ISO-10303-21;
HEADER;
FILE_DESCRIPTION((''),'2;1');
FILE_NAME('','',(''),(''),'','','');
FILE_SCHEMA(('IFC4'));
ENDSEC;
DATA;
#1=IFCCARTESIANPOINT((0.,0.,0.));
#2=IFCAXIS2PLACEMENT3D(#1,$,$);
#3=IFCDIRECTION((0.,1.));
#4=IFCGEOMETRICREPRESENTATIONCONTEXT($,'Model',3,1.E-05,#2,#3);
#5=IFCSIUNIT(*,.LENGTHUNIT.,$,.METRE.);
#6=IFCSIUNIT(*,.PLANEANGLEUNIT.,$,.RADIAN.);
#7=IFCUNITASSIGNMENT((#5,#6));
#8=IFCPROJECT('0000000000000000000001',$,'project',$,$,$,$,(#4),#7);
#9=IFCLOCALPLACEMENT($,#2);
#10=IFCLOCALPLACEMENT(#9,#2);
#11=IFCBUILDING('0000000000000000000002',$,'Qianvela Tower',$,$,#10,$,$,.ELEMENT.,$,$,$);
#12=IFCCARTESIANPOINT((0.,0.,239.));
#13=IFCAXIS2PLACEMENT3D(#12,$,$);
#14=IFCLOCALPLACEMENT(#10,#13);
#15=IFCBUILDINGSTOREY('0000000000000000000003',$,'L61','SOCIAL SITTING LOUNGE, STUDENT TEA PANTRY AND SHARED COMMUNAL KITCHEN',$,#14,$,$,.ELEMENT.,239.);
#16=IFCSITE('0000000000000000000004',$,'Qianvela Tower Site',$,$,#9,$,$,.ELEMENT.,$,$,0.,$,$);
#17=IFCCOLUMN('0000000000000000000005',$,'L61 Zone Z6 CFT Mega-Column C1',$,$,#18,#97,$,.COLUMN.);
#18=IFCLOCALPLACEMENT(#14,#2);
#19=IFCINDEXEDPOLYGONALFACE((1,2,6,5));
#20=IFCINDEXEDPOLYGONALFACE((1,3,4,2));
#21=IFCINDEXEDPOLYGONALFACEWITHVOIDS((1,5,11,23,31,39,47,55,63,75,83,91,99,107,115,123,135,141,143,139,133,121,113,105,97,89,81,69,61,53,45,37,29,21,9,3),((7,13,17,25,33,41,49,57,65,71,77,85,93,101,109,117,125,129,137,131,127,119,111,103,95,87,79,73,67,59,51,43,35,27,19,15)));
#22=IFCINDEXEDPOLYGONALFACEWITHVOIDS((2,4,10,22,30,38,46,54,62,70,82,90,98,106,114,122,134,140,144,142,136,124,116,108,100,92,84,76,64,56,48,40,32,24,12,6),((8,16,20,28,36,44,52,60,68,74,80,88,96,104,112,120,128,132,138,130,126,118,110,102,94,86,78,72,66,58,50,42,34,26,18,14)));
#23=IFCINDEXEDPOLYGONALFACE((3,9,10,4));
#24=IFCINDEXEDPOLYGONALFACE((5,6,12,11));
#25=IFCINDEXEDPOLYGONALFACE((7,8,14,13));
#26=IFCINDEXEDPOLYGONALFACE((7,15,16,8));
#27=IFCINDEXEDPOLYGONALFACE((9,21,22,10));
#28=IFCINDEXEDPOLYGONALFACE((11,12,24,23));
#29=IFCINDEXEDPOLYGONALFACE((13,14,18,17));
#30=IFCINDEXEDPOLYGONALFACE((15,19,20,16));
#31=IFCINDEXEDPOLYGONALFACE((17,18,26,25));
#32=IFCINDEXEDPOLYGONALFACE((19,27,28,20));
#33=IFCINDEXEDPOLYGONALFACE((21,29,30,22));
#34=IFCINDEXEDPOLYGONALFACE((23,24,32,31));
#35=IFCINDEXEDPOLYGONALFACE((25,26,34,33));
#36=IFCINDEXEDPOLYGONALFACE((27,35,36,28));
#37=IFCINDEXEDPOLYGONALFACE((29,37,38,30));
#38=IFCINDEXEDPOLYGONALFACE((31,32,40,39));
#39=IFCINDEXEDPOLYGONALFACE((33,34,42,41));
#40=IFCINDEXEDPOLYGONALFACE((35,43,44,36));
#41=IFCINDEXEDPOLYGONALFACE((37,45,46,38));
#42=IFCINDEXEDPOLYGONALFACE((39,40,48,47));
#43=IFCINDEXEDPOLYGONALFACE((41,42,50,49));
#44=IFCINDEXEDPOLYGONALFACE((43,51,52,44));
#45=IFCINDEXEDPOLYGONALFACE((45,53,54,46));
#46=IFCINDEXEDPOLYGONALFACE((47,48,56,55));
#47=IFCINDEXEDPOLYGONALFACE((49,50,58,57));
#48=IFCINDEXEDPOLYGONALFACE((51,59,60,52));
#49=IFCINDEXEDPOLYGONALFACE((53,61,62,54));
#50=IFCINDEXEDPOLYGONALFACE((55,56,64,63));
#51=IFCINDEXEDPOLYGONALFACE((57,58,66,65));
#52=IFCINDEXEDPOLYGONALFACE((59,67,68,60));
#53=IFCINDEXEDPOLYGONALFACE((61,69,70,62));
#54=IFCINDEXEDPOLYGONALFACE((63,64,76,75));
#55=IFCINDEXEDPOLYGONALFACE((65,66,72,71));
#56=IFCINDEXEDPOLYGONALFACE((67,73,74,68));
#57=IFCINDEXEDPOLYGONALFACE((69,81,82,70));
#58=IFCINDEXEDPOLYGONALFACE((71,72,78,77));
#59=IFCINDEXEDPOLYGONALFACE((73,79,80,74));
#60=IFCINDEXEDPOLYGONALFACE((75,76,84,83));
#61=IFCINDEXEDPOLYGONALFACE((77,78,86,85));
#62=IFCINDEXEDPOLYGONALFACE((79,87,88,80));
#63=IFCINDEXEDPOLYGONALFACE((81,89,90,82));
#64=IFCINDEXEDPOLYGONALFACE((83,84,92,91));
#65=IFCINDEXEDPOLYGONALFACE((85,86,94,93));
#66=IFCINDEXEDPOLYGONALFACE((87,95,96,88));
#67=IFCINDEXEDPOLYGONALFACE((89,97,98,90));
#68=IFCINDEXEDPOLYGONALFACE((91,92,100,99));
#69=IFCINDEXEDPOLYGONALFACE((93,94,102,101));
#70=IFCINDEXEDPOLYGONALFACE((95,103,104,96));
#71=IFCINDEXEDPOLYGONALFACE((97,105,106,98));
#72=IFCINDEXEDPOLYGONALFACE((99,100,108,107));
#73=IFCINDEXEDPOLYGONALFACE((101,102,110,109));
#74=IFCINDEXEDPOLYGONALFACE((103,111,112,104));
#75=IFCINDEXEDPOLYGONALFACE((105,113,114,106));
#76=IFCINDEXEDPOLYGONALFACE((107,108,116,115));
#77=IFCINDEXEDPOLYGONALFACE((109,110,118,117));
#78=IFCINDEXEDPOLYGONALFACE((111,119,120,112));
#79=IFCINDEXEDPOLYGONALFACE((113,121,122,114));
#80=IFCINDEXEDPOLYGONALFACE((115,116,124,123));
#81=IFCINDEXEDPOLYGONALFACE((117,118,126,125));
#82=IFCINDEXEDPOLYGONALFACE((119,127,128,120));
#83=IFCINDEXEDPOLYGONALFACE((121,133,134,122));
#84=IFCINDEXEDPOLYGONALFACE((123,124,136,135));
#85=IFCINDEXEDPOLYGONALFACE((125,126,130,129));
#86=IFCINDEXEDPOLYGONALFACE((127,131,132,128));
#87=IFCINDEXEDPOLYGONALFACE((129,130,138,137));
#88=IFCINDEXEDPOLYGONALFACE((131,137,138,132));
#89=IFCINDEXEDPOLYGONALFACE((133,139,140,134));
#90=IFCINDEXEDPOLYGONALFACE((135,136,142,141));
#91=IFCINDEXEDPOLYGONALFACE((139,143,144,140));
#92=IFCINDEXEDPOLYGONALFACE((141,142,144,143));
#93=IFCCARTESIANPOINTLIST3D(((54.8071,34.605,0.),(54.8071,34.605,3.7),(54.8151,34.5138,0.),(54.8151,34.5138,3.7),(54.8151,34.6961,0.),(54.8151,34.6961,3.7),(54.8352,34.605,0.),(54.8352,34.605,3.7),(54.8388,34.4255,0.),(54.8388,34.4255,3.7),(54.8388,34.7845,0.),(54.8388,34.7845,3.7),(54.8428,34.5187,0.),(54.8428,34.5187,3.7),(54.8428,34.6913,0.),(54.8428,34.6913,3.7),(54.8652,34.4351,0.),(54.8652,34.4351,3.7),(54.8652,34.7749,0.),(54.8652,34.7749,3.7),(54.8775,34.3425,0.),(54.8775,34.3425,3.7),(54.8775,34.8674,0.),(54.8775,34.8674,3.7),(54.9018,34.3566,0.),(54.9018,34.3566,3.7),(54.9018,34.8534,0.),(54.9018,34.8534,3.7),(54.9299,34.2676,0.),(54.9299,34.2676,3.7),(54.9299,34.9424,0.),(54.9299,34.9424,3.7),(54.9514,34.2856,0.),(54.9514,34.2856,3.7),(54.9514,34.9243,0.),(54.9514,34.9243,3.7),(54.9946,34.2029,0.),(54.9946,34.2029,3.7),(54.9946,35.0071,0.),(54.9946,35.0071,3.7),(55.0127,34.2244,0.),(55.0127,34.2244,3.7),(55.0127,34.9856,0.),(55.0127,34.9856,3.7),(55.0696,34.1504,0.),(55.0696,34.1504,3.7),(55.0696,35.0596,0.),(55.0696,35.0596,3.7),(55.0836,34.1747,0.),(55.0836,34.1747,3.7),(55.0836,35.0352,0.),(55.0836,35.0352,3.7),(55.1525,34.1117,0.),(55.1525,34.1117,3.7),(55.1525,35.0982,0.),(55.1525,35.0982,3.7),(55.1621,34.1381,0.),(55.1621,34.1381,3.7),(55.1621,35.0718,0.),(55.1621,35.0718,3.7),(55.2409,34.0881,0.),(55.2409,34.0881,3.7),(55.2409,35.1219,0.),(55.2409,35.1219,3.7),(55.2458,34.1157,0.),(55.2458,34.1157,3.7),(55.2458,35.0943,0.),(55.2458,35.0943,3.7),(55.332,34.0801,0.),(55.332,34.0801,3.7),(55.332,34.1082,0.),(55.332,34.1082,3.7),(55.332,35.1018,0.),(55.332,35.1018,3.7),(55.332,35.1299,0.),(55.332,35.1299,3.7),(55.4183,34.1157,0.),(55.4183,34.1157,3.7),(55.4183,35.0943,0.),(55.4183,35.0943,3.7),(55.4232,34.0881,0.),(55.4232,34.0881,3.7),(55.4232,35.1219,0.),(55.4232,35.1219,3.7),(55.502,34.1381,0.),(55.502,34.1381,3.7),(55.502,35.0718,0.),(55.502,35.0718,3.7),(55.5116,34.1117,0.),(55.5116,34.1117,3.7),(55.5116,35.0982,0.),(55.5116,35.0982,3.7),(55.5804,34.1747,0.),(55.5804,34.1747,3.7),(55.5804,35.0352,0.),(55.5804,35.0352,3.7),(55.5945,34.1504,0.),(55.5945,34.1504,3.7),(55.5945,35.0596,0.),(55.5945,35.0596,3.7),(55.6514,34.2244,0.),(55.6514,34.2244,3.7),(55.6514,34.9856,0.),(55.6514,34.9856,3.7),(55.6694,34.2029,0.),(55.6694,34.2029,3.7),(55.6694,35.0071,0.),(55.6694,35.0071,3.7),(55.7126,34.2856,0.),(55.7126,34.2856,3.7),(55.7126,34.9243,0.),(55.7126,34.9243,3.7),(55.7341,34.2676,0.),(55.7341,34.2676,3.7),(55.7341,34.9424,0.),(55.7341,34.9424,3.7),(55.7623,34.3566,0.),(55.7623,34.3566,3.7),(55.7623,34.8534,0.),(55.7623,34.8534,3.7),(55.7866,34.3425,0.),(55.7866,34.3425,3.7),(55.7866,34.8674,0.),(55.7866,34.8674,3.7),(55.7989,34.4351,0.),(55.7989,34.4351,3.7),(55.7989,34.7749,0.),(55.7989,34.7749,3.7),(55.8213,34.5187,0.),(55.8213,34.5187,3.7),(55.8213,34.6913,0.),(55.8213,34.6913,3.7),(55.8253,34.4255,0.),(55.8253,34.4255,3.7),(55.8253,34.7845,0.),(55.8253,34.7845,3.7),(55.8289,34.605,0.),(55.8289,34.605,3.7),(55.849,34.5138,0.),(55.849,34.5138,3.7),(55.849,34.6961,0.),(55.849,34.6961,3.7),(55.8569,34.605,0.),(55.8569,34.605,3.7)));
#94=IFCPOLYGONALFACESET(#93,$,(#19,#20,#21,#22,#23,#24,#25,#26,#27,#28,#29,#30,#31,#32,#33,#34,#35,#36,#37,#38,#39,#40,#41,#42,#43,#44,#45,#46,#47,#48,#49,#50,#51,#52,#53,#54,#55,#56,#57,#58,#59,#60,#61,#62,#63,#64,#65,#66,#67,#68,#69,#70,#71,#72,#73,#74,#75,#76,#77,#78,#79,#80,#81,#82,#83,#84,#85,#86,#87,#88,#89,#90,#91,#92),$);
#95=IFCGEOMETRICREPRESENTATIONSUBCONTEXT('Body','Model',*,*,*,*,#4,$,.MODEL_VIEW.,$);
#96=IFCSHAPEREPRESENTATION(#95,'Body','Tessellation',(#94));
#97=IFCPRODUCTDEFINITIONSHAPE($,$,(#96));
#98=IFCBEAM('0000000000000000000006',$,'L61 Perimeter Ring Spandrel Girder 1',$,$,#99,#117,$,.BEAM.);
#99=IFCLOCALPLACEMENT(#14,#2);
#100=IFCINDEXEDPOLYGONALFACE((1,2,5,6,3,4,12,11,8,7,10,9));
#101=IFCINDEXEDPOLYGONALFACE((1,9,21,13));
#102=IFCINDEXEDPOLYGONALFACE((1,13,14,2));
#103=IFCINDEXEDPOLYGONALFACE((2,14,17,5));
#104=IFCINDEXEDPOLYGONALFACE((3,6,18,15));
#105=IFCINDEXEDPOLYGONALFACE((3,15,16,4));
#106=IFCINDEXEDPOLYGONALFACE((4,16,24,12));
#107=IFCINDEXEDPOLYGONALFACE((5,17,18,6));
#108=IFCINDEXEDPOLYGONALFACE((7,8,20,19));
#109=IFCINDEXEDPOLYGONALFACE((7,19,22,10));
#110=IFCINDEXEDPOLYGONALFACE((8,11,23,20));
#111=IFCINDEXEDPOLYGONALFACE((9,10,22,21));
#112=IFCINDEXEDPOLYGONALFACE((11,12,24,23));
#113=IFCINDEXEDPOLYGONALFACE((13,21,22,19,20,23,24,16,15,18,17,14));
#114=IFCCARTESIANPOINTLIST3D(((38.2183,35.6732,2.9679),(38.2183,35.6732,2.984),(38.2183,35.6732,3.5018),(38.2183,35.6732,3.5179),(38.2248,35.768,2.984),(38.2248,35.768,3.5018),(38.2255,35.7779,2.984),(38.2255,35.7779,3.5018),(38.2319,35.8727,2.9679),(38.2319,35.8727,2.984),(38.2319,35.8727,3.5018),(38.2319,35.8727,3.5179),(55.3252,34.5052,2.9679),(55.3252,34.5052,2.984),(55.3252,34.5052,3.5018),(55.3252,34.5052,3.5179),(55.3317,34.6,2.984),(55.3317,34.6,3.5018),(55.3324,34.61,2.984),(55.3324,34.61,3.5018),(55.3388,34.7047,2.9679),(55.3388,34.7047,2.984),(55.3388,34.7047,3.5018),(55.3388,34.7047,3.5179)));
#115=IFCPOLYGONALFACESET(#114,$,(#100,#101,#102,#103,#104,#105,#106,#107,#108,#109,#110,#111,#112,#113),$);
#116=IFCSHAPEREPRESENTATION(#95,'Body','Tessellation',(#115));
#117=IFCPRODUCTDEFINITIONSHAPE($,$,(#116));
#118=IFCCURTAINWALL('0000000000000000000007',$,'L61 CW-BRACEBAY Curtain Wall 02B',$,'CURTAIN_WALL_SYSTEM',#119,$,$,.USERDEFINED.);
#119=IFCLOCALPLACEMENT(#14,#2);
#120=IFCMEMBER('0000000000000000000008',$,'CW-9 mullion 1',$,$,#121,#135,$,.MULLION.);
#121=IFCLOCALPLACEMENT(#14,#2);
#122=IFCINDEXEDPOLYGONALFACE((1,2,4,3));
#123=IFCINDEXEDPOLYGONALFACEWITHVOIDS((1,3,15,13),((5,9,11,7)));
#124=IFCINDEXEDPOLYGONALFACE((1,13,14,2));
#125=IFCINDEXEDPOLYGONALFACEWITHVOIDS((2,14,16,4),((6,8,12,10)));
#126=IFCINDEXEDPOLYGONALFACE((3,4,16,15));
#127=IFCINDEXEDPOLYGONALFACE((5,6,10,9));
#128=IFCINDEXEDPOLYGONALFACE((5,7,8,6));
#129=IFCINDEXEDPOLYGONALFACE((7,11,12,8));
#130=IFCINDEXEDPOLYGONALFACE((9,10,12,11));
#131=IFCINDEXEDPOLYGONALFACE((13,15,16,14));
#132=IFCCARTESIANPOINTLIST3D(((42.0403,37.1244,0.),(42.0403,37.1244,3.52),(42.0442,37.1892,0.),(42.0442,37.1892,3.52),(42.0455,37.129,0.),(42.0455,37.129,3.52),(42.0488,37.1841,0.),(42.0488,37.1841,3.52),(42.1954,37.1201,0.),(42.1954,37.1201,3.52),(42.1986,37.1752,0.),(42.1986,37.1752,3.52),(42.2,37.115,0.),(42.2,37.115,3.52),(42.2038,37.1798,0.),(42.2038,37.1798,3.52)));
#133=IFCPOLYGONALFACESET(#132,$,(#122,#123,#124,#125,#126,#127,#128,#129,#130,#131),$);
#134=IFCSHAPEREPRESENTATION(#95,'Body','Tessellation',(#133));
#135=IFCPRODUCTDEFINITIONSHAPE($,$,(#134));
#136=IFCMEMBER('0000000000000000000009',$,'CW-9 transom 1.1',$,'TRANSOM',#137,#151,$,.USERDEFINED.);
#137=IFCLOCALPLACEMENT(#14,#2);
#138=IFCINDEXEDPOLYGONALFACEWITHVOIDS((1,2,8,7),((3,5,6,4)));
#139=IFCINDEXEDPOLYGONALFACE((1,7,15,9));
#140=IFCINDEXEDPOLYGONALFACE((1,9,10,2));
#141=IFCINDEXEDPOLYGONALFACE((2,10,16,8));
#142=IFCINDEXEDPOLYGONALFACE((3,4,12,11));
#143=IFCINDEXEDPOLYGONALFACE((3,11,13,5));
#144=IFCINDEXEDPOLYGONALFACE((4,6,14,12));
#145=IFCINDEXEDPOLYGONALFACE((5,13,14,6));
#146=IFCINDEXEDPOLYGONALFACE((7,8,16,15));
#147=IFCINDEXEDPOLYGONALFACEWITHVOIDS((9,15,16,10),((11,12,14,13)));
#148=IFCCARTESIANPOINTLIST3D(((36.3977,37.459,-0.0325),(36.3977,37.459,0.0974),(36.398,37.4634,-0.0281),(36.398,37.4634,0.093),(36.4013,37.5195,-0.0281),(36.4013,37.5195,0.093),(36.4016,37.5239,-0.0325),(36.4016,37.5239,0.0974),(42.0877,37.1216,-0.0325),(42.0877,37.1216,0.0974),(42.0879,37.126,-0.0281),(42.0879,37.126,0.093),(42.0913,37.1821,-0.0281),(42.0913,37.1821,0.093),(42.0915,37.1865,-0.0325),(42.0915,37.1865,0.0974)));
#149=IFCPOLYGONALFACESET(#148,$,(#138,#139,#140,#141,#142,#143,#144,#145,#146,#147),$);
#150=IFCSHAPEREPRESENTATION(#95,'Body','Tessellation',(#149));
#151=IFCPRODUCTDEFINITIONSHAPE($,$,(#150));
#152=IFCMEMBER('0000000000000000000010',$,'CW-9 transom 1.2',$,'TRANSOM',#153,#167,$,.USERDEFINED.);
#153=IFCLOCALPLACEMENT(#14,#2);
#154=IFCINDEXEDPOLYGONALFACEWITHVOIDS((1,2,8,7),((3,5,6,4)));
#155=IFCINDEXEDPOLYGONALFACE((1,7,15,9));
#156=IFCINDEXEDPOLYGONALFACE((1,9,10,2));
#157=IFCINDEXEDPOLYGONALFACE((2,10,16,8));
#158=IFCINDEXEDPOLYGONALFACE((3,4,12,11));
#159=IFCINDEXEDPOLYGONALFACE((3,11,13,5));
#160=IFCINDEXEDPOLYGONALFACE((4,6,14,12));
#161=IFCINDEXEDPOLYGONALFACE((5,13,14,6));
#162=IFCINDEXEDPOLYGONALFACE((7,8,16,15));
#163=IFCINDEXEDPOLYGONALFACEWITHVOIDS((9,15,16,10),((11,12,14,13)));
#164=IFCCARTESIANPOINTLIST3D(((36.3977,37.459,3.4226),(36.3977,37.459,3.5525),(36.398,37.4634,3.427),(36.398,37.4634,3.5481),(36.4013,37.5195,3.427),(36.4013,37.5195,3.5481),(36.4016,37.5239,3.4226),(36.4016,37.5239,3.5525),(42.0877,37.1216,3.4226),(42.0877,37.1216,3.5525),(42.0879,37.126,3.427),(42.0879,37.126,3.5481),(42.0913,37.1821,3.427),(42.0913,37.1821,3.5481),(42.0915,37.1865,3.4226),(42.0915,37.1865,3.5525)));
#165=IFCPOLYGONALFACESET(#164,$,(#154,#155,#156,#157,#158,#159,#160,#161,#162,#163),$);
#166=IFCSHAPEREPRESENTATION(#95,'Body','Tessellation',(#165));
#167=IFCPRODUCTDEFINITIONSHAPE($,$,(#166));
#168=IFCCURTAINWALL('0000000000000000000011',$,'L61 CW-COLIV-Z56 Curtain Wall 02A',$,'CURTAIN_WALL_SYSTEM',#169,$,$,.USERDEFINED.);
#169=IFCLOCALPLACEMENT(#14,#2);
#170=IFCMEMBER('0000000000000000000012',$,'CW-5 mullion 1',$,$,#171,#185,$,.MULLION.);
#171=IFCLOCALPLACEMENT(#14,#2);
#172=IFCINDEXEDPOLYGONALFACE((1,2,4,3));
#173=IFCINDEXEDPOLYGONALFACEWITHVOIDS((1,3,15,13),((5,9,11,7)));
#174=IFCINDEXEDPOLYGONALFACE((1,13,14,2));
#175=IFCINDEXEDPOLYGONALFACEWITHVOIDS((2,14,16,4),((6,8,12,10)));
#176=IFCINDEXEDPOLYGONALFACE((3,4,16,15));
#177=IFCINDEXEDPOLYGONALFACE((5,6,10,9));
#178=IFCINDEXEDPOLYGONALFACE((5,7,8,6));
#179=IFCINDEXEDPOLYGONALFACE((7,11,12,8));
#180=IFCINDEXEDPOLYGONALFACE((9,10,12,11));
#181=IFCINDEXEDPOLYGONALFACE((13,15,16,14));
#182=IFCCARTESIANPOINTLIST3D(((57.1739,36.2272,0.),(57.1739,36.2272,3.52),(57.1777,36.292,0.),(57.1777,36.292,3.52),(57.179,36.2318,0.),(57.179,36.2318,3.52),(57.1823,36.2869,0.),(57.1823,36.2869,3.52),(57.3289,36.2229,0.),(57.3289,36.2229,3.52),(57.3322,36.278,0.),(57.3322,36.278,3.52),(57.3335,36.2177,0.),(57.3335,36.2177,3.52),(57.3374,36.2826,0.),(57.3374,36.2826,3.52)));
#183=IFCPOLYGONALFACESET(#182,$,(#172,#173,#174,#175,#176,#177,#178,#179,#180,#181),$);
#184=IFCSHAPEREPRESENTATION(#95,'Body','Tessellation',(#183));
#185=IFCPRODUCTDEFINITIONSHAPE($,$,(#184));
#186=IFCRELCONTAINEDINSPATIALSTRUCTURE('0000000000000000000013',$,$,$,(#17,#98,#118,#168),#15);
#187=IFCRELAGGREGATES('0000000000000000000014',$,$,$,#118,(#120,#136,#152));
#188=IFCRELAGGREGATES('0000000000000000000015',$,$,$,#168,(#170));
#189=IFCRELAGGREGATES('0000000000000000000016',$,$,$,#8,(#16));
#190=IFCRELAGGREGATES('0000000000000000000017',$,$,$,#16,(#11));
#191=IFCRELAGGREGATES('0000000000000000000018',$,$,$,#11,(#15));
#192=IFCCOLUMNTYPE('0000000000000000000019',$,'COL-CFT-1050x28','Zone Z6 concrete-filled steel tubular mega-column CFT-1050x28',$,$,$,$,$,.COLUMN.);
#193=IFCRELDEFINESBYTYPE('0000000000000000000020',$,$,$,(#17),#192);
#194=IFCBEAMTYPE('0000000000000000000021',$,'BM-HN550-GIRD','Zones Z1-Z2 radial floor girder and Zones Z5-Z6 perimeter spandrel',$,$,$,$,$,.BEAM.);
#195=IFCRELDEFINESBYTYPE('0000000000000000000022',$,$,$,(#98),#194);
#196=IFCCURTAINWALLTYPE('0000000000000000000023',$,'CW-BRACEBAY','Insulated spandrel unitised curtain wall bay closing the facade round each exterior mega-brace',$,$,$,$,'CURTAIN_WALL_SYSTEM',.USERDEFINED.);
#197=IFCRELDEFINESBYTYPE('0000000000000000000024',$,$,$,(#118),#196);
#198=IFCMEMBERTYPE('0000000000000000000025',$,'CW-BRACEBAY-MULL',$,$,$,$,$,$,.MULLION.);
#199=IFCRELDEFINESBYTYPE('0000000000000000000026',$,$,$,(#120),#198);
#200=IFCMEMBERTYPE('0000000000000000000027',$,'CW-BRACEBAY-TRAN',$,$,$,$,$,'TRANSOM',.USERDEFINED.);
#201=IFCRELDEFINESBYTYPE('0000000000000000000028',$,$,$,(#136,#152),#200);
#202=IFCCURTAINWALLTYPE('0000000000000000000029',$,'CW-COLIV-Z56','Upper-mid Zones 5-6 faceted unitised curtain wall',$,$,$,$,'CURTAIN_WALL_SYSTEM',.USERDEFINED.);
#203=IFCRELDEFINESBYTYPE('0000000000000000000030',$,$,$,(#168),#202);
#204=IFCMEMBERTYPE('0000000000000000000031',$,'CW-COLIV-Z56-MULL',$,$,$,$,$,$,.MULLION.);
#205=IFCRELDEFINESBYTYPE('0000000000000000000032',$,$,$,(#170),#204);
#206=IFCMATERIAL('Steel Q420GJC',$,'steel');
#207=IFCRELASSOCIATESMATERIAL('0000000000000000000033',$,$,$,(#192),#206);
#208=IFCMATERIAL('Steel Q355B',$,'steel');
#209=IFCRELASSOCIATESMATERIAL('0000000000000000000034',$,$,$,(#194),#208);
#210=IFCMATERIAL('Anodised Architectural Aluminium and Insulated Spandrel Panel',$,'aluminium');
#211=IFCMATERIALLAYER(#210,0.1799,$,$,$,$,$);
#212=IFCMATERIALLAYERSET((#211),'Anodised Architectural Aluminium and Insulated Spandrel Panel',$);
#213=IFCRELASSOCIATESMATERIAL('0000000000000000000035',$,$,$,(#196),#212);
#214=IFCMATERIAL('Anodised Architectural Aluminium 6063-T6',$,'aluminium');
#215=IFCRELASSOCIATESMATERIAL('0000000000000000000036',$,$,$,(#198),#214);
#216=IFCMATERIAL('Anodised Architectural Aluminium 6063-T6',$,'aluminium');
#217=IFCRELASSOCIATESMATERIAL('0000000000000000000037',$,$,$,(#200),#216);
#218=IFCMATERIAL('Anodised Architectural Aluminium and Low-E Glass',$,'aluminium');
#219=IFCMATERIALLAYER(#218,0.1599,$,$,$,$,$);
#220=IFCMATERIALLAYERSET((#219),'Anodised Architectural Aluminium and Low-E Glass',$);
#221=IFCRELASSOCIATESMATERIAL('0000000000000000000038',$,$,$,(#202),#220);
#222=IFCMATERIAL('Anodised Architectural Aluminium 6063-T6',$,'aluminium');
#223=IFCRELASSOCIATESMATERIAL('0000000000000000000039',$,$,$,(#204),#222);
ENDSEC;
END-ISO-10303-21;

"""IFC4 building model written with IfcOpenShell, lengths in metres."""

from ifc_helpers import new_model, si_unit, direction, frame, origin, origin_2d, place, context, subcontext, project, spatial, hollow_rectangle, hollow_circle, i_section, extrude, material, layer, layer_set, material_profile, profile_set, type_object, element, aggregate, save


model = new_model("IFC4")

# Units and contexts
model_context = context("Model", 3, precision=1e-05, world=origin(), true_north=direction((0.0, 1.0)))
body_context = subcontext(model_context, "Body", "Model", "MODEL_VIEW")
ifc_project = project(units=[si_unit("LENGTHUNIT", "METRE"), si_unit("PLANEANGLEUNIT", "RADIAN")], contexts=[model_context])

# Site, building, storey
site_placement = place(None, origin())
site = spatial("IfcSite", under=ifc_project, at=site_placement, Name="Qianvela Tower Site", CompositionType="ELEMENT", RefElevation=0.0)
building_placement = place(site_placement, origin())
building = spatial("IfcBuilding", under=site, at=building_placement, Name="Qianvela Tower", CompositionType="ELEMENT")
storey_placement = place(building_placement, frame((0.0, 0.0, 239.0)))
storey = spatial("IfcBuildingStorey", under=building, at=storey_placement, Name="L61", Description="SOCIAL SITTING LOUNGE, STUDENT TEA PANTRY AND SHARED COMMUNAL KITCHEN", CompositionType="ELEMENT", Elevation=239.0)

# Column
ifc_material_1 = material(Name="Steel Q420GJC", Category="steel")
ifc_material_profile_1 = material_profile(ifc_material_1, hollow_circle(Radius=0.5249, WallThickness=0.0281, at=origin_2d()), Name="CFT-1050x28")
ifc_profile_set_1 = profile_set([ifc_material_profile_1], Name="Steel Q420GJC")
column_type = type_object("IfcColumnType", Name="COL-CFT-1050x28", Description="Zone Z6 concrete-filled steel tubular mega-column CFT-1050x28", PredefinedType="COLUMN", material=ifc_profile_set_1)
column_placement = place(storey_placement, frame((55.332, 34.605, 0.0), z_axis=(0.0, 0.0, 1.0), x_axis=(1.0, 0.0, 0.0)))
element("IfcColumn", 1, at=column_placement, inside=storey, type_object=column_type, Name="L61 Zone Z6 CFT Mega-Column C1", PredefinedType="COLUMN", context=body_context, shape_type="SweptSolid", body=[
    extrude(hollow_circle(Radius=0.5249, WallThickness=0.0281, at=origin_2d()), origin(), (0.0, 0.0, 1.0), 3.7),
])

# Beam
ifc_material_2 = material(Name="Steel Q355B", Category="steel")
ifc_material_profile_2 = material_profile(ifc_material_2, i_section(OverallWidth=0.2, OverallDepth=0.55, WebThickness=0.01, FlangeThickness=0.0161, at=origin_2d()), Name="HN550x200x10x16")
ifc_profile_set_2 = profile_set([ifc_material_profile_2], Name="Steel Q355B")
beam_type = type_object("IfcBeamType", Name="BM-HN550-GIRD", Description="Zones Z1-Z2 radial floor girder and Zones Z5-Z6 perimeter spandrel", PredefinedType="BEAM", material=ifc_profile_set_2)
beam_placement = place(storey_placement, frame((55.332, 34.605, 3.2429), z_axis=(-0.997677, 0.068116, 0.0), x_axis=(-0.068116, -0.997677, 0.0)))
element("IfcBeam", 2, at=beam_placement, inside=storey, type_object=beam_type, Name="L61 Perimeter Ring Spandrel Girder 1", PredefinedType="BEAM", context=body_context, shape_type="SweptSolid", body=[
    extrude(i_section(OverallWidth=0.2, OverallDepth=0.55, WebThickness=0.01, FlangeThickness=0.0161, at=origin_2d()), origin(), (0.0, 0.0, 1.0), 17.1467),
])

# Curtain walls, members
ifc_material_3 = material(Name="Anodised Architectural Aluminium and Insulated Spandrel Panel", Category="aluminium")
ifc_layer_1 = layer(ifc_material_3, 0.1799)
ifc_layer_set_1 = layer_set([ifc_layer_1], Name="Anodised Architectural Aluminium and Insulated Spandrel Panel")
curtain_wall_type_1 = type_object("IfcCurtainWallType", Name="CW-BRACEBAY", Description="Insulated spandrel unitised curtain wall bay closing the facade round each exterior mega-brace", ElementType="CURTAIN_WALL_SYSTEM", PredefinedType="USERDEFINED", material=ifc_layer_set_1)
curtain_wall_1_placement = place(storey_placement, origin())
curtain_wall_1 = element("IfcCurtainWall", 3, at=curtain_wall_1_placement, inside=storey, type_object=curtain_wall_type_1, Name="L61 CW-BRACEBAY Curtain Wall 02B", ObjectType="CURTAIN_WALL_SYSTEM", PredefinedType="USERDEFINED")
ifc_material_4 = material(Name="Anodised Architectural Aluminium 6063-T6", Category="aluminium")
ifc_material_profile_3 = material_profile(ifc_material_4, hollow_rectangle(XDim=0.0649, YDim=0.1599, WallThickness=0.0049, at=origin_2d()), Name="ALU-MULL-65x160")
ifc_profile_set_3 = profile_set([ifc_material_profile_3], Name="Anodised Architectural Aluminium 6063-T6")
member_type_1 = type_object("IfcMemberType", Name="CW-BRACEBAY-MULL", PredefinedType="MULLION", material=ifc_profile_set_3)
member_1_placement = place(storey_placement, frame((42.1221, 37.1521, 0.0), z_axis=(0.0, 0.0, 1.0), x_axis=(-0.059194, -0.998247, 0.0)))
member_1 = element("IfcMember", 4, at=member_1_placement, type_object=member_type_1, Name="CW-9 mullion 1", PredefinedType="MULLION", context=body_context, shape_type="SweptSolid", body=[
    extrude(hollow_rectangle(XDim=0.0649, YDim=0.1599, WallThickness=0.0049, at=origin_2d()), origin(), (0.0, 0.0, 1.0), 3.52),
])
ifc_material_5 = material(Name="Anodised Architectural Aluminium 6063-T6", Category="aluminium")
ifc_material_profile_4 = material_profile(ifc_material_5, hollow_rectangle(XDim=0.0649, YDim=0.1299, WallThickness=0.0044, at=origin_2d()), Name="ALU-TRAN-65x130")
ifc_profile_set_4 = profile_set([ifc_material_profile_4], Name="Anodised Architectural Aluminium 6063-T6")
member_type_2 = type_object("IfcMemberType", Name="CW-BRACEBAY-TRAN", ElementType="TRANSOM", PredefinedType="USERDEFINED", material=ifc_profile_set_4)
member_2_placement = place(storey_placement, frame((42.0896, 37.1541, 0.0325), z_axis=(-0.998246, 0.059194, 0.0), x_axis=(-0.059194, -0.998246, 0.0)))
member_2 = element("IfcMember", 5, at=member_2_placement, type_object=member_type_2, Name="CW-9 transom 1.1", ObjectType="TRANSOM", PredefinedType="USERDEFINED", context=body_context, shape_type="SweptSolid", body=[
    extrude(hollow_rectangle(XDim=0.0649, YDim=0.1299, WallThickness=0.0044, at=origin_2d()), origin(), (0.0, 0.0, 1.0), 5.7),
])
member_3_placement = place(storey_placement, frame((42.0896, 37.1541, 3.4875), z_axis=(-0.998246, 0.059194, 0.0), x_axis=(-0.059194, -0.998246, 0.0)))
member_3 = element("IfcMember", 6, at=member_3_placement, type_object=member_type_2, Name="CW-9 transom 1.2", ObjectType="TRANSOM", PredefinedType="USERDEFINED", context=body_context, shape_type="SweptSolid", body=[
    extrude(hollow_rectangle(XDim=0.0649, YDim=0.1299, WallThickness=0.0044, at=origin_2d()), origin(), (0.0, 0.0, 1.0), 5.7),
])
aggregate(curtain_wall_1, [member_1, member_2, member_3])
ifc_material_6 = material(Name="Anodised Architectural Aluminium and Low-E Glass", Category="aluminium")
ifc_layer_2 = layer(ifc_material_6, 0.1599)
ifc_layer_set_2 = layer_set([ifc_layer_2], Name="Anodised Architectural Aluminium and Low-E Glass")
curtain_wall_type_2 = type_object("IfcCurtainWallType", Name="CW-COLIV-Z56", Description="Upper-mid Zones 5-6 faceted unitised curtain wall", ElementType="CURTAIN_WALL_SYSTEM", PredefinedType="USERDEFINED", material=ifc_layer_set_2)
curtain_wall_2_placement = place(storey_placement, origin())
curtain_wall_2 = element("IfcCurtainWall", 7, at=curtain_wall_2_placement, inside=storey, type_object=curtain_wall_type_2, Name="L61 CW-COLIV-Z56 Curtain Wall 02A", ObjectType="CURTAIN_WALL_SYSTEM", PredefinedType="USERDEFINED")
ifc_material_7 = material(Name="Anodised Architectural Aluminium 6063-T6", Category="aluminium")
ifc_material_profile_5 = material_profile(ifc_material_7, hollow_rectangle(XDim=0.0649, YDim=0.1599, WallThickness=0.0049, at=origin_2d()), Name="ALU-MULL-65x160")
ifc_profile_set_5 = profile_set([ifc_material_profile_5], Name="Anodised Architectural Aluminium 6063-T6")
member_type_3 = type_object("IfcMemberType", Name="CW-COLIV-Z56-MULL", PredefinedType="MULLION", material=ifc_profile_set_5)
member_4_placement = place(storey_placement, frame((57.2556, 36.2549, 0.0), z_axis=(0.0, 0.0, 1.0), x_axis=(-0.059182, -0.998247, 0.0)))
member_4 = element("IfcMember", 8, at=member_4_placement, type_object=member_type_3, Name="CW-5 mullion 1", PredefinedType="MULLION", context=body_context, shape_type="SweptSolid", body=[
    extrude(hollow_rectangle(XDim=0.0649, YDim=0.1599, WallThickness=0.0049, at=origin_2d()), origin(), (0.0, 0.0, 1.0), 3.52),
])

aggregate(curtain_wall_2, [member_4])

save(model, "model.ifc")
